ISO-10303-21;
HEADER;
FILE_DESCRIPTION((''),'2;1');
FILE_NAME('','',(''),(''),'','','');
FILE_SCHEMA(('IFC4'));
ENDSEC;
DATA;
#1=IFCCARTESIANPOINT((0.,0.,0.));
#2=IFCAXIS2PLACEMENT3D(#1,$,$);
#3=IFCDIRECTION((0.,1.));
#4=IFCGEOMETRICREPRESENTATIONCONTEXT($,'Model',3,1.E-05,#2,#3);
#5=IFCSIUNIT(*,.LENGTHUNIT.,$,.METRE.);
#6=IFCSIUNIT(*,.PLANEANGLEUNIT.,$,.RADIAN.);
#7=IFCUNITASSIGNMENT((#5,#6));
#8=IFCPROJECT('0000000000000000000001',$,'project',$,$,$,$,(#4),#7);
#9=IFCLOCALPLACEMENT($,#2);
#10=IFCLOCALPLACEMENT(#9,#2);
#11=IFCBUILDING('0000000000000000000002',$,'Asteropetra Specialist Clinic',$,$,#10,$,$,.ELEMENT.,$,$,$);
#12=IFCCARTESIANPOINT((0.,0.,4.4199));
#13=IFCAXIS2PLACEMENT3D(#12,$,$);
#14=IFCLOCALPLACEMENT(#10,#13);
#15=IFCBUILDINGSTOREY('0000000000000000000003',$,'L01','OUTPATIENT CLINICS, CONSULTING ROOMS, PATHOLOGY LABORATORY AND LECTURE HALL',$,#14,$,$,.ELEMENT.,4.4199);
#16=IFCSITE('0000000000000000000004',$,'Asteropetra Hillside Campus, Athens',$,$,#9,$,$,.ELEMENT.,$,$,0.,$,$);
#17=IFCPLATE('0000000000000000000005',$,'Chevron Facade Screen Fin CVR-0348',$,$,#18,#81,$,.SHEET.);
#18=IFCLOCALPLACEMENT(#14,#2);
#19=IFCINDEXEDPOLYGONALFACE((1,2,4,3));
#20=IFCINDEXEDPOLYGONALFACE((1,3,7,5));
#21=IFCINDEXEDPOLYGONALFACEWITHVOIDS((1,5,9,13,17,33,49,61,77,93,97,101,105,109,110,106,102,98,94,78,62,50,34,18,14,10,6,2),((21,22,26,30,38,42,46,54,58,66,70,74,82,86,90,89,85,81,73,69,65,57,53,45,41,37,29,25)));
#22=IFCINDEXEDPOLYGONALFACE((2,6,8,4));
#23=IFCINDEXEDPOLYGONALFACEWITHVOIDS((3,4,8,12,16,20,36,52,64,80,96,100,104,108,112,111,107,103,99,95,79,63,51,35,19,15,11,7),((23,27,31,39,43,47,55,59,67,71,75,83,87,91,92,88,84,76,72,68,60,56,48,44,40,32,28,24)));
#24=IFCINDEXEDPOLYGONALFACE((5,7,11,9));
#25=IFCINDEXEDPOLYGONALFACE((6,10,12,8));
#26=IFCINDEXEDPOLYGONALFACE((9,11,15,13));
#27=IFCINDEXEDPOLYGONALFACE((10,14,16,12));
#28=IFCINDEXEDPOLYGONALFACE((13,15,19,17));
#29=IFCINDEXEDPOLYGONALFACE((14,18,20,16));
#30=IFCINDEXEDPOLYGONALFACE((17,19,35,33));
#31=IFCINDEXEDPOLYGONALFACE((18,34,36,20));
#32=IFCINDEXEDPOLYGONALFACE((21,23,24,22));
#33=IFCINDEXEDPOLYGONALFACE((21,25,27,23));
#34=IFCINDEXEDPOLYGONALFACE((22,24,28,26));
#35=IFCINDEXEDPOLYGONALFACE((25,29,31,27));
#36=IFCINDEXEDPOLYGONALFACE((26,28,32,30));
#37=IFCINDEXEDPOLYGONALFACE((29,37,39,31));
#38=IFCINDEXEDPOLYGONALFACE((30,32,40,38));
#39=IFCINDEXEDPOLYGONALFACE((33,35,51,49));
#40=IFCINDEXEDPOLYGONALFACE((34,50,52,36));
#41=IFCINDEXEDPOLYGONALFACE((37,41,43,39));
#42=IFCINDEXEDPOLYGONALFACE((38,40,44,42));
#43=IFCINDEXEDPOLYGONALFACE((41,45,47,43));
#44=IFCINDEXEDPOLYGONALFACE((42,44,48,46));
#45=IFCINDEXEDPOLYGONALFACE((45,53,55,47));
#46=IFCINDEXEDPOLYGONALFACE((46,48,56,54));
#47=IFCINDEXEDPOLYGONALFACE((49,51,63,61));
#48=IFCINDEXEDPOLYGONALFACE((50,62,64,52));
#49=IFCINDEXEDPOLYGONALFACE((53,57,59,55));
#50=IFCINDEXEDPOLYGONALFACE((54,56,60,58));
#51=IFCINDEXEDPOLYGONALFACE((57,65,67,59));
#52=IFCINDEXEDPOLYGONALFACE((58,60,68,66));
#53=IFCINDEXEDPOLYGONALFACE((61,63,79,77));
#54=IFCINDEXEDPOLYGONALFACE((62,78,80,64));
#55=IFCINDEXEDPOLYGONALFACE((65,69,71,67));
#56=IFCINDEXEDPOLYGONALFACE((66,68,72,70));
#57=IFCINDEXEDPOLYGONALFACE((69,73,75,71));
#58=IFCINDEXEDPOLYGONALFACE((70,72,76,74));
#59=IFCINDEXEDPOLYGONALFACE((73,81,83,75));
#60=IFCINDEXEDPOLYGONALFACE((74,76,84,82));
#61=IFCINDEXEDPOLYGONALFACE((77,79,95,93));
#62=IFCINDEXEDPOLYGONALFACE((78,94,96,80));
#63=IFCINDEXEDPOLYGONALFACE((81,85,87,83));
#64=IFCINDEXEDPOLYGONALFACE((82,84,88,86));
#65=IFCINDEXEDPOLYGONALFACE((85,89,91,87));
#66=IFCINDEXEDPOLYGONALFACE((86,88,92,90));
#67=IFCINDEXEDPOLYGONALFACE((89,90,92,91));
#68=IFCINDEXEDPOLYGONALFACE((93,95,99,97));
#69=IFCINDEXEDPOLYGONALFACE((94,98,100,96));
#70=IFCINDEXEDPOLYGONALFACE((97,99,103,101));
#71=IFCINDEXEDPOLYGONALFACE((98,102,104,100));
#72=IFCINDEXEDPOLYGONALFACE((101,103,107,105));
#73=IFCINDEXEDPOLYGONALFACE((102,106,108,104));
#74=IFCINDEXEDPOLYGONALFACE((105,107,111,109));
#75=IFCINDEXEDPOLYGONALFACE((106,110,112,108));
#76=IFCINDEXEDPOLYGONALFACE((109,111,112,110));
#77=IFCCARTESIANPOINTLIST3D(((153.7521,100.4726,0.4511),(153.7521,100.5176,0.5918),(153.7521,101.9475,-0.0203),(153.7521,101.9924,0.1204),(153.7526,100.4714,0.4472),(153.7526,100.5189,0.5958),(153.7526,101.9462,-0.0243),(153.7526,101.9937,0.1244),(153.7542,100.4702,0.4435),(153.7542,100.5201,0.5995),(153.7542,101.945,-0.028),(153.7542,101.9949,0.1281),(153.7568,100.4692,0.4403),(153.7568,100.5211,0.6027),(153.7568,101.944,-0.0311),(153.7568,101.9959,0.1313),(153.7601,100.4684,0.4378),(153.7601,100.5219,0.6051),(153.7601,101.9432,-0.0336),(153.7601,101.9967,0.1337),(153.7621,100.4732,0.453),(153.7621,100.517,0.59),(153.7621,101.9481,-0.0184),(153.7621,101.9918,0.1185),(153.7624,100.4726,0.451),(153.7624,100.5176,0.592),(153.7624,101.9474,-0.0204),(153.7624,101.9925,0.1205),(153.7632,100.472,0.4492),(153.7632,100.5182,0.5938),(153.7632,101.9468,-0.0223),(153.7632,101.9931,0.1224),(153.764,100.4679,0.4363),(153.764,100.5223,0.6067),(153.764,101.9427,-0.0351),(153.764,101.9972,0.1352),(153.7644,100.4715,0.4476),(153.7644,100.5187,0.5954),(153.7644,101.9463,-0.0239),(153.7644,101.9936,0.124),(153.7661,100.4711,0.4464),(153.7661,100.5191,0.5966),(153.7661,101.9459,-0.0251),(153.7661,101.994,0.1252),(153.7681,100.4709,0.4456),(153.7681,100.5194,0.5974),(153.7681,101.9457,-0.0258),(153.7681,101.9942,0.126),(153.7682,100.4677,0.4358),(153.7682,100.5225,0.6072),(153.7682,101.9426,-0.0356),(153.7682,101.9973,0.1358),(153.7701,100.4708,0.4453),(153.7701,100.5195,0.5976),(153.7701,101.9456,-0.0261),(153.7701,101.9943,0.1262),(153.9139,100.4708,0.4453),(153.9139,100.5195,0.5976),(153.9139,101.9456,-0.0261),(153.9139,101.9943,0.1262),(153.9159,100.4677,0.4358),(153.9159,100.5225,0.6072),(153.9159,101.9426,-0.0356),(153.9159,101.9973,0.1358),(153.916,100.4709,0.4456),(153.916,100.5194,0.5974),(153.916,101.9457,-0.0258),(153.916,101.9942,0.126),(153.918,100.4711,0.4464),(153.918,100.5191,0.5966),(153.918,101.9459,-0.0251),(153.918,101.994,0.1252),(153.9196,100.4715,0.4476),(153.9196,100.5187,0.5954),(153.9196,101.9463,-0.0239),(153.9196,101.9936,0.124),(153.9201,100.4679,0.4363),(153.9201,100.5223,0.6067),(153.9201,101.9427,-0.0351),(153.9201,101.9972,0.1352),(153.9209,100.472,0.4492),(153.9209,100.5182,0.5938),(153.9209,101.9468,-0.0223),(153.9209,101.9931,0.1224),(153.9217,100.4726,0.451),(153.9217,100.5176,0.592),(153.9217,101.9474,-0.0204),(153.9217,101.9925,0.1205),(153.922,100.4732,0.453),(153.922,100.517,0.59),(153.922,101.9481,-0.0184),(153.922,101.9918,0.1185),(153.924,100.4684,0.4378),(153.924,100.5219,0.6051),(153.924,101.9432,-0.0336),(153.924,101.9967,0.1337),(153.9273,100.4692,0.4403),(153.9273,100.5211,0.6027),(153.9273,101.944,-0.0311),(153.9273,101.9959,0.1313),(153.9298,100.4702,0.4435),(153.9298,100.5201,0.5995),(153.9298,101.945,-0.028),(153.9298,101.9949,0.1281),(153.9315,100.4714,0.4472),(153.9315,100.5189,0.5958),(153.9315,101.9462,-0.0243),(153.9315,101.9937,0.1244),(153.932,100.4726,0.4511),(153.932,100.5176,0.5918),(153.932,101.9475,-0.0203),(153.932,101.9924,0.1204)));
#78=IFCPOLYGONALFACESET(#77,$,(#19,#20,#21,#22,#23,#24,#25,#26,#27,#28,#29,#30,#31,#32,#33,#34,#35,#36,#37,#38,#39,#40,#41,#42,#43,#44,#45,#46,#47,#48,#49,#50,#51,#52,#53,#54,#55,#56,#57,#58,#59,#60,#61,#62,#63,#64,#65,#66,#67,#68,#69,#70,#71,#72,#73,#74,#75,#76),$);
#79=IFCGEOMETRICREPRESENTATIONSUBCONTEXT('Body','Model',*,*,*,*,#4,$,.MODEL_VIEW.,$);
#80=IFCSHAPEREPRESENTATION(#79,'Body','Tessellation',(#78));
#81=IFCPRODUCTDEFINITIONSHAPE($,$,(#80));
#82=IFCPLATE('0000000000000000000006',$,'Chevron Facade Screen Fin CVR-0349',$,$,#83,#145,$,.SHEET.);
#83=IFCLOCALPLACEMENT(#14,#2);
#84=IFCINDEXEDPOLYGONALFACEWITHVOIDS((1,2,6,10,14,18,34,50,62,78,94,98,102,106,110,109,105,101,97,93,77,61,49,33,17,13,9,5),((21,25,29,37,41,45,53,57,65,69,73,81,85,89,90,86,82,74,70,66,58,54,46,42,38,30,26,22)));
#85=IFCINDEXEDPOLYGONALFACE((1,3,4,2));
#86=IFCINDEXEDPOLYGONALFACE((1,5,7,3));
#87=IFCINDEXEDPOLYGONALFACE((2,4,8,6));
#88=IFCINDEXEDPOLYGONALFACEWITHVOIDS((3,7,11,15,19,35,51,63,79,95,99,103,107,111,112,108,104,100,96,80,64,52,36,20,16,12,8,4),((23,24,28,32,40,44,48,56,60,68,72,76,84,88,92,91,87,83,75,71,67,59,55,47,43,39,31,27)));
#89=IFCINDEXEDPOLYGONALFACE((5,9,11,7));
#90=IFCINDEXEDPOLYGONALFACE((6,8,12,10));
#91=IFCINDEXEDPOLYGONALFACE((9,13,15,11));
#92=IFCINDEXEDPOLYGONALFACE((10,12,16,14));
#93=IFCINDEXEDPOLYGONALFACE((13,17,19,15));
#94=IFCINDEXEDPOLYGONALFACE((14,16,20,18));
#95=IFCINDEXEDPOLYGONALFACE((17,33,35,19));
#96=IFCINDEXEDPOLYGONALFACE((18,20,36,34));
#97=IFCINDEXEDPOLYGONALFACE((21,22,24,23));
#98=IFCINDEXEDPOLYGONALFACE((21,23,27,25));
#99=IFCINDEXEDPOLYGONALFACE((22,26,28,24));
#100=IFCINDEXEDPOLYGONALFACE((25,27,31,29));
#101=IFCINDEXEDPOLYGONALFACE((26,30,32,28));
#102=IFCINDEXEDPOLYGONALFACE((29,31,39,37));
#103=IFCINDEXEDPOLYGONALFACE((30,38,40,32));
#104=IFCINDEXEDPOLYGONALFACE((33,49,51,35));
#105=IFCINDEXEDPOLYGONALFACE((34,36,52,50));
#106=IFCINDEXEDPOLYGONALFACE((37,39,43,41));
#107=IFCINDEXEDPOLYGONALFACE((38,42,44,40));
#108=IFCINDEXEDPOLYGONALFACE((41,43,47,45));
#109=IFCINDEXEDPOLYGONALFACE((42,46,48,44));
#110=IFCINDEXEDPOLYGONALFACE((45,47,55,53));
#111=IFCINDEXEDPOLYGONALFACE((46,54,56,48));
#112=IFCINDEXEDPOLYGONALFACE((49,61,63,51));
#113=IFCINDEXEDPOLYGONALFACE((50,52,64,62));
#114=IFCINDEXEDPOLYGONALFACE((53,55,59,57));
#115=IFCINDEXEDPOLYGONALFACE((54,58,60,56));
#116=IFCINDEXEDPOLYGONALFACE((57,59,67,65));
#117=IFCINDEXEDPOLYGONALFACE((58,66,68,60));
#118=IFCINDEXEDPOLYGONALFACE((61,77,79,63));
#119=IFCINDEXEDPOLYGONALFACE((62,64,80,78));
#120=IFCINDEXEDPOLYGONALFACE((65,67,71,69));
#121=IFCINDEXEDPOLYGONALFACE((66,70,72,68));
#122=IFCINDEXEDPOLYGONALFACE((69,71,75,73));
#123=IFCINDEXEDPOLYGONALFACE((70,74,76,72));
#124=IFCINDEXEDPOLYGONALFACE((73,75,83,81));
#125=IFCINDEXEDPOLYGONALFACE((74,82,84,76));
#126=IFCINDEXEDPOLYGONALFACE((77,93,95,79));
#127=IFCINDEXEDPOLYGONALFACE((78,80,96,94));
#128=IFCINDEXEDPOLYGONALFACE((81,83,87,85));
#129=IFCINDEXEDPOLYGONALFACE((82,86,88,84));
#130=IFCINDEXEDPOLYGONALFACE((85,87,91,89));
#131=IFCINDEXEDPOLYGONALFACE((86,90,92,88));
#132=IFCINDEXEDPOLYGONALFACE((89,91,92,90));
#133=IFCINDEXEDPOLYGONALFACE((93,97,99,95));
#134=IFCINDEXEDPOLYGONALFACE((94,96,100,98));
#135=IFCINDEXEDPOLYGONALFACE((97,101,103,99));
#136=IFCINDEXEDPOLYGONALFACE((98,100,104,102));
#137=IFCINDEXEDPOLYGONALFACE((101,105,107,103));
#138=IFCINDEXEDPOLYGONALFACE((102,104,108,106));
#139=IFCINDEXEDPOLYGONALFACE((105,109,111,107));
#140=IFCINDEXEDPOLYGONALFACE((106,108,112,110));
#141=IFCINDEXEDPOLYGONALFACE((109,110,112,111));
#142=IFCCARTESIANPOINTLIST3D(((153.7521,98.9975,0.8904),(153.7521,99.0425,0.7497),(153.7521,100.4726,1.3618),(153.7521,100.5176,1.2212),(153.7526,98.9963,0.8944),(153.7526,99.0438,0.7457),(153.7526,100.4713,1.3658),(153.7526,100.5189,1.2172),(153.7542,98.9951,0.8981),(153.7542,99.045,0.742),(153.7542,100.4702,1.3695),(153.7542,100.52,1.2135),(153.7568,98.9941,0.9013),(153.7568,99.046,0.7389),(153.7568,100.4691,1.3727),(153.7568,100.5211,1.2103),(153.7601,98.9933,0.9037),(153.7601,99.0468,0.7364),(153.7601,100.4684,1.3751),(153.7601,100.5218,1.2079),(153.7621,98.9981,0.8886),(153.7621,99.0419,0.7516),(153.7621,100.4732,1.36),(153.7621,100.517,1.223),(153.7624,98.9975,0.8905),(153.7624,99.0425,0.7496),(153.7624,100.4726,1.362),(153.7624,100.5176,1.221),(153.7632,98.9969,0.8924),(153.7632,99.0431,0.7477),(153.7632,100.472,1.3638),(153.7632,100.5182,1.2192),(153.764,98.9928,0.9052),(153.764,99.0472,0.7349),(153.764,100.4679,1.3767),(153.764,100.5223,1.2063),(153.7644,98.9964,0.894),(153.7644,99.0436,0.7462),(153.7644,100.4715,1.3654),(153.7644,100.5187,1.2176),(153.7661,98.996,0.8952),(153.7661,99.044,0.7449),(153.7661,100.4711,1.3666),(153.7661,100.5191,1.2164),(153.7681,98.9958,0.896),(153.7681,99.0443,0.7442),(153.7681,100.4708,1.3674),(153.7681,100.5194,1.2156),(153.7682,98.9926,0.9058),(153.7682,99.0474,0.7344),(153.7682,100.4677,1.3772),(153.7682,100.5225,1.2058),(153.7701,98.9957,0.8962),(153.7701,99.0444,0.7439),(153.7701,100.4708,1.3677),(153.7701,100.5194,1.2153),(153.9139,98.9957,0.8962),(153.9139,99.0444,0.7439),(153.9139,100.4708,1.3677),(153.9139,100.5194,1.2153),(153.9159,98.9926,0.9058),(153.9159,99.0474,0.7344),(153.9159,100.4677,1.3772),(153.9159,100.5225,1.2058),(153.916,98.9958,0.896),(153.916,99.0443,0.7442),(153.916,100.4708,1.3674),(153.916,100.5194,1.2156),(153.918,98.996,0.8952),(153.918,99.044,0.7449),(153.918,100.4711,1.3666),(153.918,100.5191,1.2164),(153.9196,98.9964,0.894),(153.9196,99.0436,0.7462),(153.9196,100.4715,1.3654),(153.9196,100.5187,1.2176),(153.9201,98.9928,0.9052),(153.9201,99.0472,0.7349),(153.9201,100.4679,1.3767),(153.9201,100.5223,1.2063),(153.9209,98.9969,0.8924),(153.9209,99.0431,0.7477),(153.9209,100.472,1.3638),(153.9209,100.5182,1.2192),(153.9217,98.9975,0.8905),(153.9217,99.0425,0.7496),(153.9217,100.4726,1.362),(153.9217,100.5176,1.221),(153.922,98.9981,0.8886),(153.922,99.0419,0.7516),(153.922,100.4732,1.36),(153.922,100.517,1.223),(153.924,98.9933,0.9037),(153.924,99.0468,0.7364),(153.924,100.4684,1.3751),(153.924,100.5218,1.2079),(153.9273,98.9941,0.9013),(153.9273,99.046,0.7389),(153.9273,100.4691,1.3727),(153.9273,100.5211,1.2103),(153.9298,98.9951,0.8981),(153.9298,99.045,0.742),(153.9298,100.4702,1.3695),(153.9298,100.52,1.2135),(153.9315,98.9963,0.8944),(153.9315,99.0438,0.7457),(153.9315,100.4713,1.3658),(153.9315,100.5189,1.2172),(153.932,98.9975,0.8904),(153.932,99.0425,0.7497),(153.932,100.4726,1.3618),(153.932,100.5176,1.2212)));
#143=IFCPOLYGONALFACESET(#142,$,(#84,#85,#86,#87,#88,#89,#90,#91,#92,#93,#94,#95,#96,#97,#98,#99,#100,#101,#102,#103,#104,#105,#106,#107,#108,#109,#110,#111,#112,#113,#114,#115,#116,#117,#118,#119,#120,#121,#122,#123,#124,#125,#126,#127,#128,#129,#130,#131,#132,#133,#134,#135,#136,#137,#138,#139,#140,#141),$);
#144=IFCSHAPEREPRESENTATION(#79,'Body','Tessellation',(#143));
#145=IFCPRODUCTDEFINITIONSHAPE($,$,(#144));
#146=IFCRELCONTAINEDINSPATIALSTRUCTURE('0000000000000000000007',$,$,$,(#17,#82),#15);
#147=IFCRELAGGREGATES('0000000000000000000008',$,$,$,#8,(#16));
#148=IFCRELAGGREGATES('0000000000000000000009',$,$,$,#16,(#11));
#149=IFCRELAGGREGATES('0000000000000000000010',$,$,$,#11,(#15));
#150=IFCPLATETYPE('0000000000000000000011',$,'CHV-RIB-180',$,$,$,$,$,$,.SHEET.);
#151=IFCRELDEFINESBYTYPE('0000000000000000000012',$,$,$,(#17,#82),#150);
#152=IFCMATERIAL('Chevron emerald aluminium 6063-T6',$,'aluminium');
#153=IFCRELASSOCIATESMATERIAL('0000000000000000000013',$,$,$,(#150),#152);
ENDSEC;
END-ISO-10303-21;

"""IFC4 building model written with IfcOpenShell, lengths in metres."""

from ifc_helpers import new_model, si_unit, direction, frame, origin, origin_2d, place, context, subcontext, project, spatial, hollow_rectangle, extrude, material, material_profile, profile_set, type_object, element, save


model = new_model("IFC4")

# Units and contexts
model_context = context("Model", 3, precision=1e-05, world=origin(), true_north=direction((0.0, 1.0)))
body_context = subcontext(model_context, "Body", "Model", "MODEL_VIEW")
ifc_project = project(units=[si_unit("LENGTHUNIT", "METRE"), si_unit("PLANEANGLEUNIT", "RADIAN")], contexts=[model_context])

# Site, building, storey
site_placement = place(None, origin())
site = spatial("IfcSite", under=ifc_project, at=site_placement, Name="Asteropetra Hillside Campus, Athens", CompositionType="ELEMENT", RefElevation=0.0)
building_placement = place(site_placement, origin())
building = spatial("IfcBuilding", under=site, at=building_placement, Name="Asteropetra Specialist Clinic", CompositionType="ELEMENT")
storey_placement = place(building_placement, frame((0.0, 0.0, 4.4199)))
storey = spatial("IfcBuildingStorey", under=building, at=storey_placement, Name="L01", Description="OUTPATIENT CLINICS, CONSULTING ROOMS, PATHOLOGY LABORATORY AND LECTURE HALL", CompositionType="ELEMENT", Elevation=4.4199)

# Plates
ifc_material_1 = material(Name="Chevron emerald aluminium 6063-T6", Category="aluminium")
ifc_material_profile = material_profile(ifc_material_1, hollow_rectangle(XDim=0.1799, YDim=0.1799, WallThickness=0.01, InnerFilletRadius=0.0081, OuterFilletRadius=0.0161, at=origin_2d()), Name="SHS 180x180x10.0")
ifc_profile_set = profile_set([ifc_material_profile], Name="Chevron emerald aluminium 6063-T6")
plate_type = type_object("IfcPlateType", Name="CHV-RIB-180", PredefinedType="SHEET", material=ifc_profile_set)
plate_1_placement = place(storey_placement, frame((153.842, 100.4951, 0.5215), z_axis=(0.0, 0.952521, -0.304472), x_axis=(-1.0, 0.0, 0.0)))
element("IfcPlate", 1, at=plate_1_placement, inside=storey, type_object=plate_type, Name="Chevron Facade Screen Fin CVR-0348", PredefinedType="SHEET", context=body_context, shape_type="SweptSolid", body=[
    extrude(hollow_rectangle(XDim=0.1799, YDim=0.1799, WallThickness=0.01, InnerFilletRadius=0.0081, OuterFilletRadius=0.0161, at=origin_2d()), origin(), (0.0, 0.0, 1.0), 1.5483),
])
plate_2_placement = place(storey_placement, frame((153.842, 99.02, 0.8201), z_axis=(0.0, 0.952536, 0.304427), x_axis=(-1.0, 0.0, 0.0)))
element("IfcPlate", 2, at=plate_2_placement, inside=storey, type_object=plate_type, Name="Chevron Facade Screen Fin CVR-0349", PredefinedType="SHEET", context=body_context, shape_type="SweptSolid", body=[
    extrude(hollow_rectangle(XDim=0.1799, YDim=0.1799, WallThickness=0.01, InnerFilletRadius=0.0081, OuterFilletRadius=0.0161, at=origin_2d()), origin(), (0.0, 0.0, 1.0), 1.5486),
])

save(model, "model.ifc")
